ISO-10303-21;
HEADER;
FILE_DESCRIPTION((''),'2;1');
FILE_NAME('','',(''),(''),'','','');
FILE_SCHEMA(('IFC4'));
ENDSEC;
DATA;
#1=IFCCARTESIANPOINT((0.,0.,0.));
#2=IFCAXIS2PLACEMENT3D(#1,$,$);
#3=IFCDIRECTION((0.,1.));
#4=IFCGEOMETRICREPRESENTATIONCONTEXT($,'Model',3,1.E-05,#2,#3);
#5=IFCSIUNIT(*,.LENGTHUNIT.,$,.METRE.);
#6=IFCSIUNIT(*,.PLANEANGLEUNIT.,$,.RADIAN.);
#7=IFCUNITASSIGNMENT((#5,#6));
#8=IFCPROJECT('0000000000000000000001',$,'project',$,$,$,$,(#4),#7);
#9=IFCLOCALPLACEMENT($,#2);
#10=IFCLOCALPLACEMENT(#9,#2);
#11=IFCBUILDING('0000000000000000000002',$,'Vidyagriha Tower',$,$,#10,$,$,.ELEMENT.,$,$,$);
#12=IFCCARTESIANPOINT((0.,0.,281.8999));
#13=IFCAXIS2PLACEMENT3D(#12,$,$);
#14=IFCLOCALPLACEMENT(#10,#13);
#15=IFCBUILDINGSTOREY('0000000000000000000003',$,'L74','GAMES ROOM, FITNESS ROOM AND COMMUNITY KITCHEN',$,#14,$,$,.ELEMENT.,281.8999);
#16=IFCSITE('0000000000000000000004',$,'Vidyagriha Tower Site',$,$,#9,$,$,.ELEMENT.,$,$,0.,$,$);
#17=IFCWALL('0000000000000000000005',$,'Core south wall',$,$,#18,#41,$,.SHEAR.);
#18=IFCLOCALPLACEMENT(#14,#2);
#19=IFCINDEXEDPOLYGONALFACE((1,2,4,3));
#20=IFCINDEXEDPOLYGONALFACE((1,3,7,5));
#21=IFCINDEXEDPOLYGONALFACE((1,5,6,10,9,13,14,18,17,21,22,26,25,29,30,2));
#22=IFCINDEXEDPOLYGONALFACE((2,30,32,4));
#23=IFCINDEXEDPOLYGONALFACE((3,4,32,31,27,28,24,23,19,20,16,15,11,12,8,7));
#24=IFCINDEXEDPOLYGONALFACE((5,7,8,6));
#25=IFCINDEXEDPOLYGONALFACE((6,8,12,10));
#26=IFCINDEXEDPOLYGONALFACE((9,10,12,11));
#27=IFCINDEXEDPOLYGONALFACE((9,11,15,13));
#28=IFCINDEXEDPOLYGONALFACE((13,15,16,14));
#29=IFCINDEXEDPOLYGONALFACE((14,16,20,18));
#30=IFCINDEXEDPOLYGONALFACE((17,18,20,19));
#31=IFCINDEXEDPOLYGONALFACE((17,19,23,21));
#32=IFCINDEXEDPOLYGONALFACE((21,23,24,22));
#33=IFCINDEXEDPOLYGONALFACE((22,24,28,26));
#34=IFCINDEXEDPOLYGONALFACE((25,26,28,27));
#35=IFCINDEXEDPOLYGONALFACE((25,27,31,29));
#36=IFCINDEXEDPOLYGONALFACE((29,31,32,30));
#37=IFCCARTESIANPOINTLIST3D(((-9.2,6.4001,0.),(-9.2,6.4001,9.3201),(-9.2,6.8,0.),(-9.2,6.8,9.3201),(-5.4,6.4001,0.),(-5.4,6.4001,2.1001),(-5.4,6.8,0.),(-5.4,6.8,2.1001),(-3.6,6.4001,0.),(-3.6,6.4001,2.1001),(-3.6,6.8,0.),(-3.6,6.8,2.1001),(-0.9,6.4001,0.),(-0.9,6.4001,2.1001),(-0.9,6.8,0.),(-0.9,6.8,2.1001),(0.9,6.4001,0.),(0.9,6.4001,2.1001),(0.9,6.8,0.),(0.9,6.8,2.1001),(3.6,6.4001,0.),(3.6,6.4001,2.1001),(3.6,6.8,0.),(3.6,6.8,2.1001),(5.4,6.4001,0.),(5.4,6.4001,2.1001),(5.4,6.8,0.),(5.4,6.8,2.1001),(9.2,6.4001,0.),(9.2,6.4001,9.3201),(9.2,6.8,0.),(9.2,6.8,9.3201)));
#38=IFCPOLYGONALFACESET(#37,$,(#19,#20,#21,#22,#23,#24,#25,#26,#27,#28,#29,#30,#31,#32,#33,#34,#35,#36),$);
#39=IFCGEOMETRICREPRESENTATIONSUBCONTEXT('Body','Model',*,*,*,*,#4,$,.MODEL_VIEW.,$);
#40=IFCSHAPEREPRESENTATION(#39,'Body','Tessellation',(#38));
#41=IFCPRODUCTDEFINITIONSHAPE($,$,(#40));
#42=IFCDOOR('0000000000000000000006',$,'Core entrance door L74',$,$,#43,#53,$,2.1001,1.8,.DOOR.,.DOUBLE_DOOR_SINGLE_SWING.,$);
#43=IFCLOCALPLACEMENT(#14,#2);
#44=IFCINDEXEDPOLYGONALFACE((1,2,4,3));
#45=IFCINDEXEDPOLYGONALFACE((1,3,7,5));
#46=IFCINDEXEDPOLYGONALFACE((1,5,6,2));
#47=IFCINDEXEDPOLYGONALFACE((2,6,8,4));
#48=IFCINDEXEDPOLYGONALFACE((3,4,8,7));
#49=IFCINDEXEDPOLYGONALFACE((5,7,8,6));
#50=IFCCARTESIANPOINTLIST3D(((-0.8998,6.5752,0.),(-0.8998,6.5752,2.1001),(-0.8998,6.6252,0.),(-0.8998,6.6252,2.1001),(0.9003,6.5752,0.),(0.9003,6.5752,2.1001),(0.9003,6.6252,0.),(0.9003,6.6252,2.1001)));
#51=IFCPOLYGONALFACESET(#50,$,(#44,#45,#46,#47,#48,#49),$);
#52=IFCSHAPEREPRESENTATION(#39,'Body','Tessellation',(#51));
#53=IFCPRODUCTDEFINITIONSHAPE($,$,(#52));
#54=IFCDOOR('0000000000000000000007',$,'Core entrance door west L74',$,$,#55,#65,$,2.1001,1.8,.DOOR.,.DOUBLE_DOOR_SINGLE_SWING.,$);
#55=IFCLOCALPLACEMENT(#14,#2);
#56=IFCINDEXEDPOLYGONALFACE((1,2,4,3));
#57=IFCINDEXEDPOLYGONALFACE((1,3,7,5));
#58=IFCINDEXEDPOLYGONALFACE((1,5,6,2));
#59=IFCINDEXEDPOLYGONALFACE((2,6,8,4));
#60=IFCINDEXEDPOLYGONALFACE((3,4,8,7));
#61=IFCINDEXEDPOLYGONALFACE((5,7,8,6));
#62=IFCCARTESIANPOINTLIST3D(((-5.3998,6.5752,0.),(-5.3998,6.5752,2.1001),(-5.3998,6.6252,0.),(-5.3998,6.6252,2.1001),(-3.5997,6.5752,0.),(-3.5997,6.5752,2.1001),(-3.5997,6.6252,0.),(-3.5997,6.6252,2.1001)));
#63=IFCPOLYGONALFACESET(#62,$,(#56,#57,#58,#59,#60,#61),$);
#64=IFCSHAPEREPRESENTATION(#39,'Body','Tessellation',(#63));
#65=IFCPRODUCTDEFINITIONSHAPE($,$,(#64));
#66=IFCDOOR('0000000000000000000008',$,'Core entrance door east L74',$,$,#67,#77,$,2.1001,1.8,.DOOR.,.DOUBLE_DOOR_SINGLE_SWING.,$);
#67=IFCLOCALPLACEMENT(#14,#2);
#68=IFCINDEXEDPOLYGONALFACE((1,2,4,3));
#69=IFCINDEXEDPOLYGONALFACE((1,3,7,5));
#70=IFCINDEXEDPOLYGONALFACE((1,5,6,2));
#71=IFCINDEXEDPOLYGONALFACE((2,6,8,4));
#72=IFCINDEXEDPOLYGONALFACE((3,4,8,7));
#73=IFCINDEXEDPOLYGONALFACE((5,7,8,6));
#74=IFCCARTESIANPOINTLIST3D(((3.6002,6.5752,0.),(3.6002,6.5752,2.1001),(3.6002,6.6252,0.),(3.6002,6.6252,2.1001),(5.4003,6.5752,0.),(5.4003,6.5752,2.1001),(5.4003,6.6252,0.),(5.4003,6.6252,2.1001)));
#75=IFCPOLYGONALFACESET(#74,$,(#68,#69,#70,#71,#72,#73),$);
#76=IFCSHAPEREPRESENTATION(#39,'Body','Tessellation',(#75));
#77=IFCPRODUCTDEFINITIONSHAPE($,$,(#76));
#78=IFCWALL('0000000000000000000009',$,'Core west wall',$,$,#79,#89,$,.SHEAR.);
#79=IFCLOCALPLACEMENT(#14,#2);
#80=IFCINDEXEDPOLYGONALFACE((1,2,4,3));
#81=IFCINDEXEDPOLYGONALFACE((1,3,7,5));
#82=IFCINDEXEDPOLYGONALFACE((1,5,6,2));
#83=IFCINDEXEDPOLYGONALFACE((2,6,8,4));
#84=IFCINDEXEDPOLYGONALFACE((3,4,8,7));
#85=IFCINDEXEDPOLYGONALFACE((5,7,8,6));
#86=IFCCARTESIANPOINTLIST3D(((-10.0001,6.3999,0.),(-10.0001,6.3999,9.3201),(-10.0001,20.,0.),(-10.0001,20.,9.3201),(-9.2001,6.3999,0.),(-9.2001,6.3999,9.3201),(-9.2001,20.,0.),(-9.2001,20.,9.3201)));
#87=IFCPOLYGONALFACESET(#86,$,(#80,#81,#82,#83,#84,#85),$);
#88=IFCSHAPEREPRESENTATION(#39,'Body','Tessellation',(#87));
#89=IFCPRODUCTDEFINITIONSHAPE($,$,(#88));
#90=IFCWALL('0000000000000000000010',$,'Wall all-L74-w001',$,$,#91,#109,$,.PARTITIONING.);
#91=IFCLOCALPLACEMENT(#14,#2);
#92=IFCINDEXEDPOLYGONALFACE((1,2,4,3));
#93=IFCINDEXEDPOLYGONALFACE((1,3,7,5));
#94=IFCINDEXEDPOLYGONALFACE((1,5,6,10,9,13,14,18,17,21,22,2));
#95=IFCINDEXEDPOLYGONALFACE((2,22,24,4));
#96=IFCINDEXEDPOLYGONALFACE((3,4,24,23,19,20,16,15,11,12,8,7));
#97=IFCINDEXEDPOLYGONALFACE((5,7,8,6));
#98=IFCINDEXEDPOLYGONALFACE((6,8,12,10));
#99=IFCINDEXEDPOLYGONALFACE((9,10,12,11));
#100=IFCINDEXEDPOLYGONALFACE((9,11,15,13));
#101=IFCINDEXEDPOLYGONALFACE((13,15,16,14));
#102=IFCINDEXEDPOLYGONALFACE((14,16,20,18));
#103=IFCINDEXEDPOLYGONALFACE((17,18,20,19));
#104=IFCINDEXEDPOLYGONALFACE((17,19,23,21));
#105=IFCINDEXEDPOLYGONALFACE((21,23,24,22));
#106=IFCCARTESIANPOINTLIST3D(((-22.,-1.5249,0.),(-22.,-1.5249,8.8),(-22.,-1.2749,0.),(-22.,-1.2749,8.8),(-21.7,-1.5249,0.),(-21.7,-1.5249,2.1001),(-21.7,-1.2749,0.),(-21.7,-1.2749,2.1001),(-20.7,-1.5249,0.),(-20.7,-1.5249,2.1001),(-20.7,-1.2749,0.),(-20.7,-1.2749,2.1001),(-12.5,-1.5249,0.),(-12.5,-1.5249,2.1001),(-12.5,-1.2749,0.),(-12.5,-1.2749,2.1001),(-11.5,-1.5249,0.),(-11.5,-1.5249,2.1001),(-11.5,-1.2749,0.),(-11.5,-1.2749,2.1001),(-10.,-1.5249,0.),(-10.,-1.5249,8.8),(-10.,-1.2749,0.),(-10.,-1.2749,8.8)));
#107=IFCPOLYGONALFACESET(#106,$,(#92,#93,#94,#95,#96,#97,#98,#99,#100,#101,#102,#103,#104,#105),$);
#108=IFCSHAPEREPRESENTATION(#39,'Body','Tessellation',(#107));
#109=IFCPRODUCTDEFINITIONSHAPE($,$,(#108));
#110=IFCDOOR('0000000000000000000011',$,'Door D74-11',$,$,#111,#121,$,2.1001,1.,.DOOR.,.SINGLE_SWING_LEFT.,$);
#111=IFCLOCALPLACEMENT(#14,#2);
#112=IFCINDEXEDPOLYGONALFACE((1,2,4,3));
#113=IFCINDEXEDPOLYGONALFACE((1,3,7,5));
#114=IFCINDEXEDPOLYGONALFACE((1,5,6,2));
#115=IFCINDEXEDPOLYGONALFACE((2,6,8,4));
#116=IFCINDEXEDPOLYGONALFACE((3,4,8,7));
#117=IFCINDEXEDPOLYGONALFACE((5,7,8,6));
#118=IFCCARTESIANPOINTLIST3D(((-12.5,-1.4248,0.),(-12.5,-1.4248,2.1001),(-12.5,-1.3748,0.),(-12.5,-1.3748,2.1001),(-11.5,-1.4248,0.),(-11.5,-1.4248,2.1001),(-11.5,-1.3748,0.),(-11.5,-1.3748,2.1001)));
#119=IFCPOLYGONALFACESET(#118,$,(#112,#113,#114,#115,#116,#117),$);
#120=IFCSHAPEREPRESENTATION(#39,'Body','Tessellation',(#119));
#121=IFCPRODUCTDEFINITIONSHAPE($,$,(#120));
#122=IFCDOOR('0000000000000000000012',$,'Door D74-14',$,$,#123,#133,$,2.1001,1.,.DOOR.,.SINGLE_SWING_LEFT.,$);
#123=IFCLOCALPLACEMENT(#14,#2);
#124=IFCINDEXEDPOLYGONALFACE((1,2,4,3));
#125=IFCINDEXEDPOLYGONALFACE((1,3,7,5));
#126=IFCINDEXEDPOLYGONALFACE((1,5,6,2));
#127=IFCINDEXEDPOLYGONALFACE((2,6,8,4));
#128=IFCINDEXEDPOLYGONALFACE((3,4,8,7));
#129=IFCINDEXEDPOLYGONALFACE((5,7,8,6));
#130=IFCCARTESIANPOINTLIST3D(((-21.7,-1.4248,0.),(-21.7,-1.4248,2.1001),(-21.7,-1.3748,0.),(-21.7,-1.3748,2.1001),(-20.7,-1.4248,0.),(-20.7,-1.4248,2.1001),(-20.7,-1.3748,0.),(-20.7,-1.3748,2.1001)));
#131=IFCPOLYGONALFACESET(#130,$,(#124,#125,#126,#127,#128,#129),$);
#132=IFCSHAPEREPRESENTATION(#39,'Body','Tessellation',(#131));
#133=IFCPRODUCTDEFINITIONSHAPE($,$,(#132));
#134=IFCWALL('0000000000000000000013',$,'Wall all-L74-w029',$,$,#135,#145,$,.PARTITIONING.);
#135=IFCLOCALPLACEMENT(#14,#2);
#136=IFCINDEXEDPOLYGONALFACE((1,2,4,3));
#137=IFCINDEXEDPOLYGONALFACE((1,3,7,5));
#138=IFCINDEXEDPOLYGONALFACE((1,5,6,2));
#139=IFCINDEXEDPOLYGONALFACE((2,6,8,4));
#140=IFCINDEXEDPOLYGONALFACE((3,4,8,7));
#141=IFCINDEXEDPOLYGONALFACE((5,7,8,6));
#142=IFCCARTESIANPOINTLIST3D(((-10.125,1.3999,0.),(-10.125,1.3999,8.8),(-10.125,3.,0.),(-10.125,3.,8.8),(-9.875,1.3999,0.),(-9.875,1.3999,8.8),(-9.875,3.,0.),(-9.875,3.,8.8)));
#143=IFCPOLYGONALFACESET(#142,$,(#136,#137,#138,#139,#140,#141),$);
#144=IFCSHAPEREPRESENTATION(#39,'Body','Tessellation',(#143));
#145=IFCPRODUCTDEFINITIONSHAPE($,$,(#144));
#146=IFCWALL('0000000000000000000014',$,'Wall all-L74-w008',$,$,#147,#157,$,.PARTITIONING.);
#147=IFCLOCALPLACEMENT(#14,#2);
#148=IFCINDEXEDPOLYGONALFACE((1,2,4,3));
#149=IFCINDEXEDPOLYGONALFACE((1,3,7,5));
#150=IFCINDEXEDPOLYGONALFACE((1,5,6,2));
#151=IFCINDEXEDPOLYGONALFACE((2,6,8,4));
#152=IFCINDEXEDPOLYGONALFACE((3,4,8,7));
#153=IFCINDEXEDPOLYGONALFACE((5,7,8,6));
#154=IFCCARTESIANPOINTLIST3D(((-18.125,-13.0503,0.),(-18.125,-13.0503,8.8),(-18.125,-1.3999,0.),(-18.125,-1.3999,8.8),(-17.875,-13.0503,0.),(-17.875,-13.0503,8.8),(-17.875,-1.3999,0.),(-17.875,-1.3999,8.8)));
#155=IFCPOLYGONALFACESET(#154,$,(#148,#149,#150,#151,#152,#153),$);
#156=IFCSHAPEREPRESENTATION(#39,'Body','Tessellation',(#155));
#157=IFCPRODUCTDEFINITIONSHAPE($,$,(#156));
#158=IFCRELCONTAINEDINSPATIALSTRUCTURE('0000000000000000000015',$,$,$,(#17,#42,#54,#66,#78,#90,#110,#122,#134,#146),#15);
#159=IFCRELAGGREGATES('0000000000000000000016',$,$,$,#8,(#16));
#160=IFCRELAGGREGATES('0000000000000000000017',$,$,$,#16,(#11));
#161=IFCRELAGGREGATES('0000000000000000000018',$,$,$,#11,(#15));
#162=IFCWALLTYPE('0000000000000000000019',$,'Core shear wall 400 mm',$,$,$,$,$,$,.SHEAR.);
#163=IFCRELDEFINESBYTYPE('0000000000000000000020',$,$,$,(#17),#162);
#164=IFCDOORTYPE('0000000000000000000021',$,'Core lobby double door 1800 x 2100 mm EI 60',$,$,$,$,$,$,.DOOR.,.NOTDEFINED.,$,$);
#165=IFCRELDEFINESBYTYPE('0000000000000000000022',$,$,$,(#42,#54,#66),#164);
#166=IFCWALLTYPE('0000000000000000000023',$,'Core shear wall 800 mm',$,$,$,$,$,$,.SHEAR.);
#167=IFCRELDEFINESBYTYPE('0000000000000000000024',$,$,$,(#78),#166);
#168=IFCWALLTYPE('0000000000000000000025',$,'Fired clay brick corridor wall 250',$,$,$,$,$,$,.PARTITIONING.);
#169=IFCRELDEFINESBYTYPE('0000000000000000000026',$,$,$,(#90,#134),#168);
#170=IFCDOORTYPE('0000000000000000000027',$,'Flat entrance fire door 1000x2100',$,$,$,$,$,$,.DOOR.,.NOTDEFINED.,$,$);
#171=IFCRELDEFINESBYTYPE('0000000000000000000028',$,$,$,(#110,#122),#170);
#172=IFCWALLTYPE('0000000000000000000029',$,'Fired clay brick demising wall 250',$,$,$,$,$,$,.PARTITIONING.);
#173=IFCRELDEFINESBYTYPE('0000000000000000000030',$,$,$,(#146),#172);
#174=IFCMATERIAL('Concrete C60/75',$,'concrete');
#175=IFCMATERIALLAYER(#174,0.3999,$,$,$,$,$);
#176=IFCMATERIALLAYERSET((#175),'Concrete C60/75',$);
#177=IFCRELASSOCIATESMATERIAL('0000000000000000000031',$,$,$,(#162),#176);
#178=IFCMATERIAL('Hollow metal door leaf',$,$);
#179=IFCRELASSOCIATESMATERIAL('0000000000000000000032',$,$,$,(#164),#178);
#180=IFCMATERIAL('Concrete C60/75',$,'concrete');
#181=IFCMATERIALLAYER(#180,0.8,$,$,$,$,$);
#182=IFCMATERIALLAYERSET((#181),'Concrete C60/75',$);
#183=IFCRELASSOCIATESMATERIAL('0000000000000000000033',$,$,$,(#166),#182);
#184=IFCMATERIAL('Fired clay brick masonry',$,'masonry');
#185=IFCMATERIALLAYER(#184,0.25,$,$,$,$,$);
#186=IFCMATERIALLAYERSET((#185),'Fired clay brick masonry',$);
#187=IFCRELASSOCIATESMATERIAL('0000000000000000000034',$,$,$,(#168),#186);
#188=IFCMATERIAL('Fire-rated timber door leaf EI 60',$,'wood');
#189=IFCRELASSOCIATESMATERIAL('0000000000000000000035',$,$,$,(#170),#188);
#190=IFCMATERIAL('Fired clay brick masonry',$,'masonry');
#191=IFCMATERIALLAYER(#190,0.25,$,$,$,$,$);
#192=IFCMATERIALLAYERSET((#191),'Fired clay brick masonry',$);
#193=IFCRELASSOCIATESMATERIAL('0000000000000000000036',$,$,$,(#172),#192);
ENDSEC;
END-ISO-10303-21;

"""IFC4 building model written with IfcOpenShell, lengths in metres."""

from ifc_helpers import new_model, si_unit, direction, frame, frame_2d, origin, place, context, subcontext, project, spatial, rectangle, extrude, material, layer, layer_set, type_object, element, fill, save


model = new_model("IFC4")

# Units and contexts
model_context = context("Model", 3, precision=1e-05, world=origin(), true_north=direction((0.0, 1.0)))
body_context = subcontext(model_context, "Body", "Model", "MODEL_VIEW")
ifc_project = project(units=[si_unit("LENGTHUNIT", "METRE"), si_unit("PLANEANGLEUNIT", "RADIAN")], contexts=[model_context])

# Site, building, storey
site_placement = place(None, origin())
site = spatial("IfcSite", under=ifc_project, at=site_placement, Name="Vidyagriha Tower Site", CompositionType="ELEMENT", RefElevation=0.0)
building_placement = place(site_placement, origin())
building = spatial("IfcBuilding", under=site, at=building_placement, Name="Vidyagriha Tower", CompositionType="ELEMENT")
storey_placement = place(building_placement, frame((0.0, 0.0, 281.8999)))
storey = spatial("IfcBuildingStorey", under=building, at=storey_placement, Name="L74", Description="GAMES ROOM, FITNESS ROOM AND COMMUNITY KITCHEN", CompositionType="ELEMENT", Elevation=281.8999)

# Wall, openings, doors
ifc_material_1 = material(Name="Concrete C60/75", Category="concrete")
ifc_layer_1 = layer(ifc_material_1, 0.3999)
ifc_layer_set_1 = layer_set([ifc_layer_1], Name="Concrete C60/75")
wall_type_1 = type_object("IfcWallType", Name="Core shear wall 400 mm", PredefinedType="SHEAR", material=ifc_layer_set_1)
wall_1_placement = place(storey_placement, frame((-9.2, 6.6001, 0.0)))
wall_1 = element("IfcWall", 1, at=wall_1_placement, inside=storey, type_object=wall_type_1, Name="Core south wall", PredefinedType="SHEAR", context=body_context, shape_type="SweptSolid", body=[
    extrude(rectangle(XDim=18.3999, YDim=0.3999, at=frame_2d((9.2, 0.0))), origin(), (0.0, 0.0, 1.0), 9.3201),
])
opening_1_placement = place(wall_1_placement, frame((8.3, 0.0, 0.0)))
opening_1 = element("IfcOpeningElement", 2, at=opening_1_placement, cuts=wall_1, PredefinedType="OPENING", context=body_context, shape_type="SweptSolid", body=[
    extrude(rectangle(XDim=1.8, YDim=2.1001, at=frame_2d((0.8999, 1.05))), frame((0.0, 0.21, 0.0), z_axis=(0.0, -1.0, 0.0), x_axis=(1.0, 0.0, 0.0)), (0.0, 0.0, 1.0), 0.4199),
])
opening_2_placement = place(wall_1_placement, frame((3.8, 0.0, 0.0)))
opening_2 = element("IfcOpeningElement", 3, at=opening_2_placement, cuts=wall_1, PredefinedType="OPENING", context=body_context, shape_type="SweptSolid", body=[
    extrude(rectangle(XDim=1.8, YDim=2.1001, at=frame_2d((0.8999, 1.05))), frame((0.0, 0.21, 0.0), z_axis=(0.0, -1.0, 0.0), x_axis=(1.0, 0.0, 0.0)), (0.0, 0.0, 1.0), 0.4199),
])
opening_3_placement = place(wall_1_placement, frame((12.8, 0.0, 0.0)))
opening_3 = element("IfcOpeningElement", 4, at=opening_3_placement, cuts=wall_1, PredefinedType="OPENING", context=body_context, shape_type="SweptSolid", body=[
    extrude(rectangle(XDim=1.8, YDim=2.1001, at=frame_2d((0.8999, 1.05))), frame((0.0, 0.21, 0.0), z_axis=(0.0, -1.0, 0.0), x_axis=(1.0, 0.0, 0.0)), (0.0, 0.0, 1.0), 0.4199),
])
ifc_material_2 = material(Name="Hollow metal door leaf")
door_type_1 = type_object("IfcDoorType", Name="Core lobby double door 1800 x 2100 mm EI 60", OperationType="NOTDEFINED", PredefinedType="DOOR", material=ifc_material_2)
door_1_placement = place(opening_1_placement, frame((1.8, 0.0, 0.0), z_axis=(0.0, 0.0, 1.0), x_axis=(-1.0, 0.0, 0.0)))
door_1 = element("IfcDoor", 5, at=door_1_placement, inside=storey, type_object=door_type_1, Name="Core entrance door L74", OperationType="DOUBLE_DOOR_SINGLE_SWING", OverallHeight=2.1001, OverallWidth=1.8, PredefinedType="DOOR", context=body_context, shape_type="SweptSolid", body=[
    extrude(rectangle(XDim=1.8, YDim=2.1001, at=frame_2d((0.8999, 1.05))), frame((0.0, 0.0249, 0.0), z_axis=(0.0, -1.0, 0.0), x_axis=(1.0, 0.0, 0.0)), (0.0, 0.0, 1.0), 0.05),
])
fill(opening_1, door_1)
door_2_placement = place(opening_2_placement, frame((1.8, 0.0, 0.0), z_axis=(0.0, 0.0, 1.0), x_axis=(-1.0, 0.0, 0.0)))
door_2 = element("IfcDoor", 6, at=door_2_placement, inside=storey, type_object=door_type_1, Name="Core entrance door west L74", OperationType="DOUBLE_DOOR_SINGLE_SWING", OverallHeight=2.1001, OverallWidth=1.8, PredefinedType="DOOR", context=body_context, shape_type="SweptSolid", body=[
    extrude(rectangle(XDim=1.8, YDim=2.1001, at=frame_2d((0.8999, 1.05))), frame((0.0, 0.0249, 0.0), z_axis=(0.0, -1.0, 0.0), x_axis=(1.0, 0.0, 0.0)), (0.0, 0.0, 1.0), 0.05),
])
fill(opening_2, door_2)
door_3_placement = place(opening_3_placement, frame((1.8, 0.0, 0.0), z_axis=(0.0, 0.0, 1.0), x_axis=(-1.0, 0.0, 0.0)))
door_3 = element("IfcDoor", 7, at=door_3_placement, inside=storey, type_object=door_type_1, Name="Core entrance door east L74", OperationType="DOUBLE_DOOR_SINGLE_SWING", OverallHeight=2.1001, OverallWidth=1.8, PredefinedType="DOOR", context=body_context, shape_type="SweptSolid", body=[
    extrude(rectangle(XDim=1.8, YDim=2.1001, at=frame_2d((0.8999, 1.05))), frame((0.0, 0.0249, 0.0), z_axis=(0.0, -1.0, 0.0), x_axis=(1.0, 0.0, 0.0)), (0.0, 0.0, 1.0), 0.05),
])
fill(opening_3, door_3)

# Wall
ifc_material_3 = material(Name="Concrete C60/75", Category="concrete")
ifc_layer_2 = layer(ifc_material_3, 0.8)
ifc_layer_set_2 = layer_set([ifc_layer_2], Name="Concrete C60/75")
wall_type_2 = type_object("IfcWallType", Name="Core shear wall 800 mm", PredefinedType="SHEAR", material=ifc_layer_set_2)
wall_2_placement = place(storey_placement, frame((-9.6001, 6.3999, 0.0), z_axis=(0.0, 0.0, 1.0), x_axis=(0.0, 1.0, 0.0)))
element("IfcWall", 8, at=wall_2_placement, inside=storey, type_object=wall_type_2, Name="Core west wall", PredefinedType="SHEAR", context=body_context, shape_type="SweptSolid", body=[
    extrude(rectangle(XDim=13.6001, YDim=0.8, at=frame_2d((6.8, 0.0))), origin(), (0.0, 0.0, 1.0), 9.3201),
])

# Wall, openings, doors
ifc_material_4 = material(Name="Fired clay brick masonry", Category="masonry")
ifc_layer_3 = layer(ifc_material_4, 0.25)
ifc_layer_set_3 = layer_set([ifc_layer_3], Name="Fired clay brick masonry")
wall_type_3 = type_object("IfcWallType", Name="Fired clay brick corridor wall 250", PredefinedType="PARTITIONING", material=ifc_layer_set_3)
wall_3_placement = place(storey_placement, frame((-10.0, -1.3999, 0.0), z_axis=(0.0, 0.0, 1.0), x_axis=(-1.0, 0.0, 0.0)))
wall_3 = element("IfcWall", 9, at=wall_3_placement, inside=storey, type_object=wall_type_3, Name="Wall all-L74-w001", PredefinedType="PARTITIONING", context=body_context, shape_type="SweptSolid", body=[
    extrude(rectangle(XDim=12.0, YDim=0.25, at=frame_2d((6.0, 0.0))), origin(), (0.0, 0.0, 1.0), 8.8),
])
opening_4_placement = place(wall_3_placement, frame((1.5, 0.0, 0.0)))
opening_4 = element("IfcOpeningElement", 10, at=opening_4_placement, cuts=wall_3, PredefinedType="OPENING", context=body_context, shape_type="SweptSolid", body=[
    extrude(rectangle(XDim=1.0, YDim=2.1001, at=frame_2d((0.5, 1.05))), frame((0.0, 0.135, 0.0), z_axis=(0.0, -1.0, 0.0), x_axis=(1.0, 0.0, 0.0)), (0.0, 0.0, 1.0), 0.27),
])
opening_5_placement = place(wall_3_placement, frame((10.7, 0.0, 0.0)))
opening_5 = element("IfcOpeningElement", 11, at=opening_5_placement, cuts=wall_3, PredefinedType="OPENING", context=body_context, shape_type="SweptSolid", body=[
    extrude(rectangle(XDim=1.0, YDim=2.1001, at=frame_2d((0.5, 1.05))), frame((0.0, 0.135, 0.0), z_axis=(0.0, -1.0, 0.0), x_axis=(1.0, 0.0, 0.0)), (0.0, 0.0, 1.0), 0.27),
])
ifc_material_5 = material(Name="Fire-rated timber door leaf EI 60", Category="wood")
door_type_2 = type_object("IfcDoorType", Name="Flat entrance fire door 1000x2100", OperationType="NOTDEFINED", PredefinedType="DOOR", material=ifc_material_5)
door_4_placement = place(opening_4_placement, origin())
door_4 = element("IfcDoor", 12, at=door_4_placement, inside=storey, type_object=door_type_2, Name="Door D74-11", OperationType="SINGLE_SWING_LEFT", OverallHeight=2.1001, OverallWidth=1.0, PredefinedType="DOOR", context=body_context, shape_type="SweptSolid", body=[
    extrude(rectangle(XDim=1.0, YDim=2.1001, at=frame_2d((0.5, 1.05))), frame((0.0, 0.0249, 0.0), z_axis=(0.0, -1.0, 0.0), x_axis=(1.0, 0.0, 0.0)), (0.0, 0.0, 1.0), 0.05),
])
fill(opening_4, door_4)
door_5_placement = place(opening_5_placement, origin())
door_5 = element("IfcDoor", 13, at=door_5_placement, inside=storey, type_object=door_type_2, Name="Door D74-14", OperationType="SINGLE_SWING_LEFT", OverallHeight=2.1001, OverallWidth=1.0, PredefinedType="DOOR", context=body_context, shape_type="SweptSolid", body=[
    extrude(rectangle(XDim=1.0, YDim=2.1001, at=frame_2d((0.5, 1.05))), frame((0.0, 0.0249, 0.0), z_axis=(0.0, -1.0, 0.0), x_axis=(1.0, 0.0, 0.0)), (0.0, 0.0, 1.0), 0.05),
])
fill(opening_5, door_5)

# Walls
wall_4_placement = place(storey_placement, frame((-10.0, 3.0, 0.0), z_axis=(0.0, 0.0, 1.0), x_axis=(0.0, -1.0, 0.0)))
element("IfcWall", 14, at=wall_4_placement, inside=storey, type_object=wall_type_3, Name="Wall all-L74-w029", PredefinedType="PARTITIONING", context=body_context, shape_type="SweptSolid", body=[
    extrude(rectangle(XDim=1.6001, YDim=0.25, at=frame_2d((0.8, 0.0))), origin(), (0.0, 0.0, 1.0), 8.8),
])
ifc_material_6 = material(Name="Fired clay brick masonry", Category="masonry")
ifc_layer_4 = layer(ifc_material_6, 0.25)
ifc_layer_set_4 = layer_set([ifc_layer_4], Name="Fired clay brick masonry")
wall_type_4 = type_object("IfcWallType", Name="Fired clay brick demising wall 250", PredefinedType="PARTITIONING", material=ifc_layer_set_4)
wall_5_placement = place(storey_placement, frame((-18.0, -1.3999, 0.0), z_axis=(0.0, 0.0, 1.0), x_axis=(0.0, -1.0, 0.0)))
element("IfcWall", 15, at=wall_5_placement, inside=storey, type_object=wall_type_4, Name="Wall all-L74-w008", PredefinedType="PARTITIONING", context=body_context, shape_type="SweptSolid", body=[
    extrude(rectangle(XDim=11.6504, YDim=0.25, at=frame_2d((5.8252, 0.0))), origin(), (0.0, 0.0, 1.0), 8.8),
])

save(model, "model.ifc")
